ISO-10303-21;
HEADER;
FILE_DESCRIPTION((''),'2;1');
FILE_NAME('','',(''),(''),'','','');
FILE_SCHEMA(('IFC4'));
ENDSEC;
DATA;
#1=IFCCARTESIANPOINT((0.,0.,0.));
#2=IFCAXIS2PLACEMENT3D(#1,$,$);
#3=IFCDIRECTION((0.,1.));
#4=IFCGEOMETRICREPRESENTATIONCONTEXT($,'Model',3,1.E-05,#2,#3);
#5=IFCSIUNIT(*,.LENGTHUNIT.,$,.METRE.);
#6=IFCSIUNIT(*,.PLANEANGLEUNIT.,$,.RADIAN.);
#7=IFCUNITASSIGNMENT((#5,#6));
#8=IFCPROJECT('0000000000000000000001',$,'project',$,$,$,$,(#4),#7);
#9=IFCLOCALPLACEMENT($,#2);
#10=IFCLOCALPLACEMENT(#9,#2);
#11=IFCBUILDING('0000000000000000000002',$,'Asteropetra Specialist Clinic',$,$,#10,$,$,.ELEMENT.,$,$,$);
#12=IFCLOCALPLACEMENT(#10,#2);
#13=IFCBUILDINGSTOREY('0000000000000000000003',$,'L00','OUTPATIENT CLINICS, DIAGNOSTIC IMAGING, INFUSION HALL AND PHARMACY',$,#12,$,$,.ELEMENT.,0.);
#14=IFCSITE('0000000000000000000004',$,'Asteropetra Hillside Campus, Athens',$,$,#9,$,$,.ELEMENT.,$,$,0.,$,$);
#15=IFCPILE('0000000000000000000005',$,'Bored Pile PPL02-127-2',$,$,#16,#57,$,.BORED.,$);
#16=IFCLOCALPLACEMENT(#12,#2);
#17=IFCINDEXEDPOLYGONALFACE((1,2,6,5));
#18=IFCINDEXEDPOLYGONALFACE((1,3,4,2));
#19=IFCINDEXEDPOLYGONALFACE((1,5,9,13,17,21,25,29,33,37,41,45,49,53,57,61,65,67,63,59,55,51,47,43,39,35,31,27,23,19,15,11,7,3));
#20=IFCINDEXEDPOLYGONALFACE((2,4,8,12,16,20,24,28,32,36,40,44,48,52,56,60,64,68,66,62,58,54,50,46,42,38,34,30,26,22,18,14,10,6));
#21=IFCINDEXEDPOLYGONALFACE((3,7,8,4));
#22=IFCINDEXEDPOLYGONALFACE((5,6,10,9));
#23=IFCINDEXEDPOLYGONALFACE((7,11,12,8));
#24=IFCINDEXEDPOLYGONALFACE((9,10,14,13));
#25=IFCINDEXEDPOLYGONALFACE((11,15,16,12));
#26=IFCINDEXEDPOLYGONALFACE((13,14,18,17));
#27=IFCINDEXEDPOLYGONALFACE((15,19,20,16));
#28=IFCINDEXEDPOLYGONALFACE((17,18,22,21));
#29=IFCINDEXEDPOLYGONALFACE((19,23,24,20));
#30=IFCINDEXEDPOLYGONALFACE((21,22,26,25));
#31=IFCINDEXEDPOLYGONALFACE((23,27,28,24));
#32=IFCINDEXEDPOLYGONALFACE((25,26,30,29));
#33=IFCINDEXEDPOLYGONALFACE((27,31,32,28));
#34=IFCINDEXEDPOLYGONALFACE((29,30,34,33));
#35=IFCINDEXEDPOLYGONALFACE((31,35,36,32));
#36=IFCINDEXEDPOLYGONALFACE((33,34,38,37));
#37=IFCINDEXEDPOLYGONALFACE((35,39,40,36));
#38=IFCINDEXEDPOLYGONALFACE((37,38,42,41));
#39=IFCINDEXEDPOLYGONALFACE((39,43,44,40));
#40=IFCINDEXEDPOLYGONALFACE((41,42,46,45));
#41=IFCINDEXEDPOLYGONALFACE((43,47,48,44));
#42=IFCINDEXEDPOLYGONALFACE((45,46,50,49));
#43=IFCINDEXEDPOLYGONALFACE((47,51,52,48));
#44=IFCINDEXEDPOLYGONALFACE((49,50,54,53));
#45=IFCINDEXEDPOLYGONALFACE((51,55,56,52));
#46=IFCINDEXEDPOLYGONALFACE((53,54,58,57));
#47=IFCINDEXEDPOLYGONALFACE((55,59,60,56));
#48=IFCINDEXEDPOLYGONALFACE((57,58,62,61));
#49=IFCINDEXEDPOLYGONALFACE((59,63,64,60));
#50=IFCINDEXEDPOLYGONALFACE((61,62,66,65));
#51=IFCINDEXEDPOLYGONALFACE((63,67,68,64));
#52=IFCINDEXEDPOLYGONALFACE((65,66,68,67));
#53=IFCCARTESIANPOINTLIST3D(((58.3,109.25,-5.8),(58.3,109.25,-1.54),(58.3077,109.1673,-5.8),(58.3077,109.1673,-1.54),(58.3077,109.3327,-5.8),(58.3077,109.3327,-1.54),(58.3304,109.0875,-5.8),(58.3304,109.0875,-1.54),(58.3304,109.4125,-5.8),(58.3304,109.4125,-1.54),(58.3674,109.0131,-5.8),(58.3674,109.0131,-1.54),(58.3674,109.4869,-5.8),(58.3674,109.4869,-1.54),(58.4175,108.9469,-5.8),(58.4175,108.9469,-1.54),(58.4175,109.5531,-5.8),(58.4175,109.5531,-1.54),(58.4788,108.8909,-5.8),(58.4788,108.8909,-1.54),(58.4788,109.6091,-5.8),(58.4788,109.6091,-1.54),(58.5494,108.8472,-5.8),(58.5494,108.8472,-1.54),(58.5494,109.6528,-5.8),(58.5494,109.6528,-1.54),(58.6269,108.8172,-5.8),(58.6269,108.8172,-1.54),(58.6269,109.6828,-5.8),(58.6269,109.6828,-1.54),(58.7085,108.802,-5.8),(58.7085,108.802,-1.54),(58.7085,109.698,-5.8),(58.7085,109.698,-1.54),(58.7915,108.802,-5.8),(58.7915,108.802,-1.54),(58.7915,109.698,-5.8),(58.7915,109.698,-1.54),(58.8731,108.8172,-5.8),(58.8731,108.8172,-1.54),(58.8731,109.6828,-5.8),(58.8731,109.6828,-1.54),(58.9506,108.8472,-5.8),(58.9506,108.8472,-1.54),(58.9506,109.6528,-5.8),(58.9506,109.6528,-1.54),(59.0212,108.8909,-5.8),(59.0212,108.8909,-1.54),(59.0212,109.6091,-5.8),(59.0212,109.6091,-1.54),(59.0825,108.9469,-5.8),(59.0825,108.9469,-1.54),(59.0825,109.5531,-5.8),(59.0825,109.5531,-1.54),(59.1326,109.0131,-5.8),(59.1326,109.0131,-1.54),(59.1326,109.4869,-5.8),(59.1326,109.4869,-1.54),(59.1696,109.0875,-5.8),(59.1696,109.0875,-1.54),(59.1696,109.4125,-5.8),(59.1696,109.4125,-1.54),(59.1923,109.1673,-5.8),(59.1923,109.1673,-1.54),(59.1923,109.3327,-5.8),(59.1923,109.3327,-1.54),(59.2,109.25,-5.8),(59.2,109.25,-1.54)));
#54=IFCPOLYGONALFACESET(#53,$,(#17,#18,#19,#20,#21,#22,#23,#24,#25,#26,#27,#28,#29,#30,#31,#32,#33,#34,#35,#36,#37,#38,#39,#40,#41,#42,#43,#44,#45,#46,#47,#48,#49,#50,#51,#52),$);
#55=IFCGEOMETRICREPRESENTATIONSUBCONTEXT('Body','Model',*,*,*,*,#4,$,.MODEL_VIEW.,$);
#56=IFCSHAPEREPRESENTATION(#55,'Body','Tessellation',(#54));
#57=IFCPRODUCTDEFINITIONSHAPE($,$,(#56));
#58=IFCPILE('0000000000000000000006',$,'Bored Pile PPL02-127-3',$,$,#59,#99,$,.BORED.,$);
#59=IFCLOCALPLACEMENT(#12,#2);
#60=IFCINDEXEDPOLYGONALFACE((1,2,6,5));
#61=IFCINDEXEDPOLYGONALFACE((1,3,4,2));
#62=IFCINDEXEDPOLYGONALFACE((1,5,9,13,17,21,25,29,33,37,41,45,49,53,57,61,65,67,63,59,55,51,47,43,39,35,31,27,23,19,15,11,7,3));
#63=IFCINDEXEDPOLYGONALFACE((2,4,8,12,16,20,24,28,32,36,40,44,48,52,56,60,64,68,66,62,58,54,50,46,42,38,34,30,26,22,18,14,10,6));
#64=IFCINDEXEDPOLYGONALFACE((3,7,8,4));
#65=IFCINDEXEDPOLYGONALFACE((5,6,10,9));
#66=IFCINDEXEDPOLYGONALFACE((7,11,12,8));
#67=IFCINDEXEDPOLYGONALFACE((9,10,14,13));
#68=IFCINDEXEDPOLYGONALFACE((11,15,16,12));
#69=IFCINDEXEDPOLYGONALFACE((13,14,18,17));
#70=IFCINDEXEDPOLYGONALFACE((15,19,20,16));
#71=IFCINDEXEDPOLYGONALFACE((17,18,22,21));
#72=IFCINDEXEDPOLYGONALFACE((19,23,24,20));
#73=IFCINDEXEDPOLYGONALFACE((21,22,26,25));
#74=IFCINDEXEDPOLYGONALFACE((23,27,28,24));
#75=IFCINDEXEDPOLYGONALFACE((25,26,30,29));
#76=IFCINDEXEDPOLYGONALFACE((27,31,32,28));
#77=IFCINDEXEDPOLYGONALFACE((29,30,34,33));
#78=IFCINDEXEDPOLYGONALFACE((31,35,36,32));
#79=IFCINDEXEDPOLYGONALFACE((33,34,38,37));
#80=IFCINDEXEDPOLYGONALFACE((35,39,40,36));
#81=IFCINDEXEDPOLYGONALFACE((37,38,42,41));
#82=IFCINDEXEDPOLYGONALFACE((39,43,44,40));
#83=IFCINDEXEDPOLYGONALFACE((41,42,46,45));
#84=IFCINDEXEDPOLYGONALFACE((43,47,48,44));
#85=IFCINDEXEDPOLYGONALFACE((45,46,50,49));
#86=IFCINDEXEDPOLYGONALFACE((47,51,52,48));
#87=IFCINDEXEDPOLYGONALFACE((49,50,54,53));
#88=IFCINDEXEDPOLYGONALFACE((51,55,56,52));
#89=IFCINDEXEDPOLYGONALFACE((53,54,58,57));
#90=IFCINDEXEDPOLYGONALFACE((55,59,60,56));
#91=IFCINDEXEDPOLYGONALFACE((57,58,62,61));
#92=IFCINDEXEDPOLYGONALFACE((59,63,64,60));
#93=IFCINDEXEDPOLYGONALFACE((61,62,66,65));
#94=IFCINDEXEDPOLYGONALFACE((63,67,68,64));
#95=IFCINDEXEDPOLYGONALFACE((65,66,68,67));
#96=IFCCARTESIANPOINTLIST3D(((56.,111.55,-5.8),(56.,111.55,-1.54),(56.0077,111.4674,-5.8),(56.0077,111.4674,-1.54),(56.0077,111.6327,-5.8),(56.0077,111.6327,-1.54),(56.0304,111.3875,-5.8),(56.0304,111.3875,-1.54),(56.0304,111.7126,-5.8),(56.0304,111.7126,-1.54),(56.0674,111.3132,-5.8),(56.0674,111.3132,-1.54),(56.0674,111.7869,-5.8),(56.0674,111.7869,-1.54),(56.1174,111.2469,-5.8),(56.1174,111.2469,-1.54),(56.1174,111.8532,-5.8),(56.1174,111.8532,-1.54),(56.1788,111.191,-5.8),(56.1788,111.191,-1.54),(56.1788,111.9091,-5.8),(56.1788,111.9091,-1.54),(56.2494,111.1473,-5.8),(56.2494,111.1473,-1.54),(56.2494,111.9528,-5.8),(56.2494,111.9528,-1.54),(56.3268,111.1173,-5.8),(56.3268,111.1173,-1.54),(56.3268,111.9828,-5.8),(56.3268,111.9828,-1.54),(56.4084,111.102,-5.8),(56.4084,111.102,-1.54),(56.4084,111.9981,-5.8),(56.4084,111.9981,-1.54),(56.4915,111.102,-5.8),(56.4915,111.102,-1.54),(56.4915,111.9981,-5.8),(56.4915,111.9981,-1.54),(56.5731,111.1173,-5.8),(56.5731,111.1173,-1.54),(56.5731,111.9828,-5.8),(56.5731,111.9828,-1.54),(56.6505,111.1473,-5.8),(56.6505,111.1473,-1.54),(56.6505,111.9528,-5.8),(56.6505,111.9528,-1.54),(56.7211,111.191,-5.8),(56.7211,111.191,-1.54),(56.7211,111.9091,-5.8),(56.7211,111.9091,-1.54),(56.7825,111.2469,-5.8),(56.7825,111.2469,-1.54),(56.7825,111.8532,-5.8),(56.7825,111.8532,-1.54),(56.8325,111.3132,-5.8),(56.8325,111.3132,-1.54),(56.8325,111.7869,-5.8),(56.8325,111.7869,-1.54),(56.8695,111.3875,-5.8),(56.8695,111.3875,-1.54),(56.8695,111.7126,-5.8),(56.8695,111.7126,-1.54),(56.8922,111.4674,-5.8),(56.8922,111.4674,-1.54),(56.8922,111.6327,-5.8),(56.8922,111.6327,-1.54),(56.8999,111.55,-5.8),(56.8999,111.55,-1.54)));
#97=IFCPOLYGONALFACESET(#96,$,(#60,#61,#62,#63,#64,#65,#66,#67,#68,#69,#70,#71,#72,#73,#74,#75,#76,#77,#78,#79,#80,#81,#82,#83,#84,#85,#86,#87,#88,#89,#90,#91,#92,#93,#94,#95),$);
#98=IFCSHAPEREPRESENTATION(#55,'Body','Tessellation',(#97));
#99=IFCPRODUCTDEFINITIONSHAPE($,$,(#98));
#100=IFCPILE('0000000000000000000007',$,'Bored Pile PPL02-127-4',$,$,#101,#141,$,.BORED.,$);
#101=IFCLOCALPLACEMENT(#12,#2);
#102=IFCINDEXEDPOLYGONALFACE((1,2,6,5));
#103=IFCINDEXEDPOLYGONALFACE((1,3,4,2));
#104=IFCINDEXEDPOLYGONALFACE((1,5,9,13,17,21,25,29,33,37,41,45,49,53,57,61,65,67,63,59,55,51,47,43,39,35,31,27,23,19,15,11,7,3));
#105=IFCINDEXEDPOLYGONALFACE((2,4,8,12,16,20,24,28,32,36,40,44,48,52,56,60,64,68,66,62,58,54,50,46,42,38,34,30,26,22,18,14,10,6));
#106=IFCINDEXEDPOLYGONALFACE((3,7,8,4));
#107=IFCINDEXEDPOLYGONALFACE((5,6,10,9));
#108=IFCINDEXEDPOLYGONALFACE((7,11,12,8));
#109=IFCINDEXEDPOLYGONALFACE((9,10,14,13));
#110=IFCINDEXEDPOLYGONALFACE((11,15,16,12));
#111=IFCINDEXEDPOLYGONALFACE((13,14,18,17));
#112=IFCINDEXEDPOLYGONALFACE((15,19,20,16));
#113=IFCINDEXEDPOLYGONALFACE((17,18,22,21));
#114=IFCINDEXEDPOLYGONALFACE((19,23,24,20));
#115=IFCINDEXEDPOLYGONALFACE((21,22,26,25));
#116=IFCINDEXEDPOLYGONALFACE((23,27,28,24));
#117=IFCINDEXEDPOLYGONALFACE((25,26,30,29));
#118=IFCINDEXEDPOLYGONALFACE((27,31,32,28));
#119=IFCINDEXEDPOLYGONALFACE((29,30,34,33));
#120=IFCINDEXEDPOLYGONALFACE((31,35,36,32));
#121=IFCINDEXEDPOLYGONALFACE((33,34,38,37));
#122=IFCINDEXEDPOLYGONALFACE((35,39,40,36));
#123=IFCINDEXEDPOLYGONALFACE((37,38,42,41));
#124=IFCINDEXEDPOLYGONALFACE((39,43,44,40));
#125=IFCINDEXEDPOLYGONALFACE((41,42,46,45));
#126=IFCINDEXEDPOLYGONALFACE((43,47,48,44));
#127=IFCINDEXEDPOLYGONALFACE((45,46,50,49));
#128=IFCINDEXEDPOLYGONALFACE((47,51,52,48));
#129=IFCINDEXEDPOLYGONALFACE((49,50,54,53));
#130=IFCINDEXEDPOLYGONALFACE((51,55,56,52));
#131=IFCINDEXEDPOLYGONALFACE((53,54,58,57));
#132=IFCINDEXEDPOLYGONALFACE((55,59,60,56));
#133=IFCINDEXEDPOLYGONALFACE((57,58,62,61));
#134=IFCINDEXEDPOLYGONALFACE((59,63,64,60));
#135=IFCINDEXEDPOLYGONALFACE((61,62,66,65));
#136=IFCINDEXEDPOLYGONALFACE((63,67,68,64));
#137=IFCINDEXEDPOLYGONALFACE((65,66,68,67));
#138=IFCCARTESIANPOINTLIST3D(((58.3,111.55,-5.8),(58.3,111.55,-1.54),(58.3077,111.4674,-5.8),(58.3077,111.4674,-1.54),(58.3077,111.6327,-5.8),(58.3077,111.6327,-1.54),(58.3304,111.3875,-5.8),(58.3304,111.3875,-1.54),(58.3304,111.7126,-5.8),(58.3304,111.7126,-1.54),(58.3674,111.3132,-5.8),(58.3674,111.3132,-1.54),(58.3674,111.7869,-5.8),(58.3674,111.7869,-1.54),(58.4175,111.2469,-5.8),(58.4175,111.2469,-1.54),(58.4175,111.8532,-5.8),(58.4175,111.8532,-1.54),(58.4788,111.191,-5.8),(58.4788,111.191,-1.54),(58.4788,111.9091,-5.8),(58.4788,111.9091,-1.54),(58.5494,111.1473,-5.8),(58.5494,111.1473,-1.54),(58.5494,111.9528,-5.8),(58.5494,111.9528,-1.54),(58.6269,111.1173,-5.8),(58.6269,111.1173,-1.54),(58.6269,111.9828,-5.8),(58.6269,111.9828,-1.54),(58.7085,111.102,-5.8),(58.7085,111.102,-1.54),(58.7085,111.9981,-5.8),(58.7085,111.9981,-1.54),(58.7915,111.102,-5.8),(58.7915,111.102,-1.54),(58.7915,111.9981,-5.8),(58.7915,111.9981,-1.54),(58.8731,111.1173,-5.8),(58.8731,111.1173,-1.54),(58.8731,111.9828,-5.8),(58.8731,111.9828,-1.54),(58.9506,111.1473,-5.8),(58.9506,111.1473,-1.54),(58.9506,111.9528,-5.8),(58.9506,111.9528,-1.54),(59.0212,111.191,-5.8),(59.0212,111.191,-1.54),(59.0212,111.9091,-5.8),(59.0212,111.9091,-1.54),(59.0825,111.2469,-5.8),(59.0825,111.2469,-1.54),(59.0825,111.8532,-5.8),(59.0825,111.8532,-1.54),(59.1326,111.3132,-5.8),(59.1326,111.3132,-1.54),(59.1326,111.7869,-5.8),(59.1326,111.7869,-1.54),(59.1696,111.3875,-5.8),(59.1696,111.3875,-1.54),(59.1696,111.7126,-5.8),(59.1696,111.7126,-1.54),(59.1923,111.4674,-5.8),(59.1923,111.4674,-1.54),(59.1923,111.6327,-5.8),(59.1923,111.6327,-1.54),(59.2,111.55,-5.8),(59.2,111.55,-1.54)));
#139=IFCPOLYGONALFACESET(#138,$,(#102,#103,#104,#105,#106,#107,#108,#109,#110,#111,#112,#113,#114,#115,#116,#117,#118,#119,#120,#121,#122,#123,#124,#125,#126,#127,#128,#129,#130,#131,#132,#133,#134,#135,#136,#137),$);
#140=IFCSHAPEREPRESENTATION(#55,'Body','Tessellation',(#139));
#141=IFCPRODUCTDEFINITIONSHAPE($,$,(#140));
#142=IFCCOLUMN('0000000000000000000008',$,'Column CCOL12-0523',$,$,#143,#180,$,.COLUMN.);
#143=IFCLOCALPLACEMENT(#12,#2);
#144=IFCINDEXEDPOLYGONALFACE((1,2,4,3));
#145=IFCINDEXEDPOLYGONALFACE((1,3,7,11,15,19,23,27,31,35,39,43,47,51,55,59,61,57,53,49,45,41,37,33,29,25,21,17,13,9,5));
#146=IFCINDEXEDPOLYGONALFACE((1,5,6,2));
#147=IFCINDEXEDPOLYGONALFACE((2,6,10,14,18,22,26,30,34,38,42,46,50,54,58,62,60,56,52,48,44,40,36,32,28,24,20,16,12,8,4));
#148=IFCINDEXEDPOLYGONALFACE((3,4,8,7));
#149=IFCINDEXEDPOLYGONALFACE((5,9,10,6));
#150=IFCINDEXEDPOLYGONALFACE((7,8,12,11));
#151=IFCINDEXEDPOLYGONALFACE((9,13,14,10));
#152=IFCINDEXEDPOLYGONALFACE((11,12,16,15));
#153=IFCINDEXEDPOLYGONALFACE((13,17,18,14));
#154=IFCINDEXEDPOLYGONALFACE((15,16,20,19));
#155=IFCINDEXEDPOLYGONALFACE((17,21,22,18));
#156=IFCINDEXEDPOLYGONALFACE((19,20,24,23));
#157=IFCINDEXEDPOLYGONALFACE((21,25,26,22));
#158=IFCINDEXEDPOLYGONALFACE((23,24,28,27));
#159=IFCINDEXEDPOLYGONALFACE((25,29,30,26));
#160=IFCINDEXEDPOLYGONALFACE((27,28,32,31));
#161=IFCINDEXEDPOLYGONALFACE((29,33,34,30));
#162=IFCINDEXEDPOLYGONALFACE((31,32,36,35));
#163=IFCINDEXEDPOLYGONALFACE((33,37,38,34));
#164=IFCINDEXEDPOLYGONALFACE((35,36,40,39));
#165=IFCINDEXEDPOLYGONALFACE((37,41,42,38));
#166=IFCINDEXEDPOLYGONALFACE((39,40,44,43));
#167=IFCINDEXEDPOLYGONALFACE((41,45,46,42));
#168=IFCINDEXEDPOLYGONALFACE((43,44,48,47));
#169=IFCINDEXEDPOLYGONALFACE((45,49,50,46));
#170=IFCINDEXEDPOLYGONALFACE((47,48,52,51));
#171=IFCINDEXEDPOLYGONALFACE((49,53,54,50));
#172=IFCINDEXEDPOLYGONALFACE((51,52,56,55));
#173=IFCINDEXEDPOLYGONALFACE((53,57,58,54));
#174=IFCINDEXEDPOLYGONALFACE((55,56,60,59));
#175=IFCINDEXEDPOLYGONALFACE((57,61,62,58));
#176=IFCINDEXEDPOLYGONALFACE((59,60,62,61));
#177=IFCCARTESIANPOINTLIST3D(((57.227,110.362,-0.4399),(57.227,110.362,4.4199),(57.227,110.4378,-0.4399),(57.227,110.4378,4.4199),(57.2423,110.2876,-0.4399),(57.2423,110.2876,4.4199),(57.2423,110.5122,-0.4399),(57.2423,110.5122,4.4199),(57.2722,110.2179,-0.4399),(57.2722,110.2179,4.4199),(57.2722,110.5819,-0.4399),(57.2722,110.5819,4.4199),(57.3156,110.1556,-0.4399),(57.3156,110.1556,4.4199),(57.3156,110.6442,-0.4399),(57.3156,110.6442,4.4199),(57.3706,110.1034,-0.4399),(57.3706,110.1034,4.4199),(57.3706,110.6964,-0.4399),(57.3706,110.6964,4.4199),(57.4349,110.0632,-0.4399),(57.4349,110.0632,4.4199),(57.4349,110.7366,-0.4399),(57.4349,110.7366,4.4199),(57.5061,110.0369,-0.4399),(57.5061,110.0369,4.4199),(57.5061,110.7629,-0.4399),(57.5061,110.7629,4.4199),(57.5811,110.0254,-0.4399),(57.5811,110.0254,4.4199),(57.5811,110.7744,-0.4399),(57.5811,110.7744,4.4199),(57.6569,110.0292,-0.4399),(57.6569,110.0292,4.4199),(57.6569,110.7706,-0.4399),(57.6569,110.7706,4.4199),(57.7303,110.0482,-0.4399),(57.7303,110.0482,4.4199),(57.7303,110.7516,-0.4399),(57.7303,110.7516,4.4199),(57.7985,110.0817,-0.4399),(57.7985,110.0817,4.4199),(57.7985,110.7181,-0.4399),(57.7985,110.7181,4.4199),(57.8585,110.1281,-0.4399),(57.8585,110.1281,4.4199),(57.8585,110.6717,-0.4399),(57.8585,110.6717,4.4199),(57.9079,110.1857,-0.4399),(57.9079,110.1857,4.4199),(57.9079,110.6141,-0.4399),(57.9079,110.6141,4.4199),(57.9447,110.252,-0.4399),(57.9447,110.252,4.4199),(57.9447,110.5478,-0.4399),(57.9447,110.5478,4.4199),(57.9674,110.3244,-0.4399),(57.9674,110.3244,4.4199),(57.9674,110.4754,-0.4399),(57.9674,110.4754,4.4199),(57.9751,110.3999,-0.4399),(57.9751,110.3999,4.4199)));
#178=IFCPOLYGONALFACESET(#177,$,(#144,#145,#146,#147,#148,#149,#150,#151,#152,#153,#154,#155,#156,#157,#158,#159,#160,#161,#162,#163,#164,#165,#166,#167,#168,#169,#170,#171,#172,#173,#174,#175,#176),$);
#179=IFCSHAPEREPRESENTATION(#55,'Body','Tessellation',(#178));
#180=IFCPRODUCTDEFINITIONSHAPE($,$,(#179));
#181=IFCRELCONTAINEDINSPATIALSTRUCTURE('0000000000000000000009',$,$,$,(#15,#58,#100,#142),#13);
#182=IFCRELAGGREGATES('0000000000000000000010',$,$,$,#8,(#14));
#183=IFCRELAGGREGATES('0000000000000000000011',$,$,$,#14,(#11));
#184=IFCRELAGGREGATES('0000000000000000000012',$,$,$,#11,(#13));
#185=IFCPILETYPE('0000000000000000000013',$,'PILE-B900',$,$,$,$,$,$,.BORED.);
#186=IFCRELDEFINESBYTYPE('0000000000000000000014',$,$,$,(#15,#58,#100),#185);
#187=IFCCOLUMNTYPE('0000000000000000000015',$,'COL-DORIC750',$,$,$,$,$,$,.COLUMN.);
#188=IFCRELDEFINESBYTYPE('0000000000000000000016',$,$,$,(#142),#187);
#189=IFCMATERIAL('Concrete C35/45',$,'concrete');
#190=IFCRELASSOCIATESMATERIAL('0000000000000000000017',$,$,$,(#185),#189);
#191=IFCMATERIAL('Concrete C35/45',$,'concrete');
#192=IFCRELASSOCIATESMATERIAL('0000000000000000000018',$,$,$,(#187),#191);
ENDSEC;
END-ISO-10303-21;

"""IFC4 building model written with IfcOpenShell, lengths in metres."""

from ifc_helpers import new_model, si_unit, direction, frame, origin, origin_2d, place, context, subcontext, project, spatial, circle, extrude, material, material_profile, profile_set, type_object, element, save


model = new_model("IFC4")

# Units and contexts
model_context = context("Model", 3, precision=1e-05, world=origin(), true_north=direction((0.0, 1.0)))
body_context = subcontext(model_context, "Body", "Model", "MODEL_VIEW")
ifc_project = project(units=[si_unit("LENGTHUNIT", "METRE"), si_unit("PLANEANGLEUNIT", "RADIAN")], contexts=[model_context])

# Site, building, storey
site_placement = place(None, origin())
site = spatial("IfcSite", under=ifc_project, at=site_placement, Name="Asteropetra Hillside Campus, Athens", CompositionType="ELEMENT", RefElevation=0.0)
building_placement = place(site_placement, origin())
building = spatial("IfcBuilding", under=site, at=building_placement, Name="Asteropetra Specialist Clinic", CompositionType="ELEMENT")
storey_placement = place(building_placement, origin())
storey = spatial("IfcBuildingStorey", under=building, at=storey_placement, Name="L00", Description="OUTPATIENT CLINICS, DIAGNOSTIC IMAGING, INFUSION HALL AND PHARMACY", CompositionType="ELEMENT", Elevation=0.0)

# Piles
ifc_material_1 = material(Name="Concrete C35/45", Category="concrete")
ifc_material_profile_1 = material_profile(ifc_material_1, circle(Radius=0.45, at=origin_2d()), Name="PILE D900")
ifc_profile_set_1 = profile_set([ifc_material_profile_1], Name="Concrete C35/45")
pile_type_1 = type_object("IfcPileType", Name="PILE-B900", PredefinedType="BORED", material=ifc_profile_set_1)
for number, where, z_axis, x_axis, name in (
    (1, (58.75, 109.25, -1.54), (0.0, 0.0, -1.0), (1.0, 0.0, 0.0), "Bored Pile PPL02-127-2"),
    (2, (56.45, 111.55, -1.54), (0.0, 0.0, -1.0), (1.0, 0.0, 0.0), "Bored Pile PPL02-127-3"),
    (3, (58.75, 111.55, -1.54), (0.0, 0.0, -1.0), (1.0, 0.0, 0.0), "Bored Pile PPL02-127-4"),
):
    element("IfcPile", number, at=place(storey_placement, frame(where, z_axis=z_axis, x_axis=x_axis)), inside=storey, type_object=pile_type_1, Name=name, PredefinedType="BORED", context=body_context, shape_type="SweptSolid", body=[
        extrude(circle(Radius=0.45, at=origin_2d()), origin(), (0.0, 0.0, 1.0), 4.26),
    ])

# Column
ifc_material_2 = material(Name="Concrete C35/45", Category="concrete")
ifc_material_profile_2 = material_profile(ifc_material_2, circle(Radius=0.375, at=origin_2d()), Name="RCC D750")
ifc_profile_set_2 = profile_set([ifc_material_profile_2], Name="Concrete C35/45")
column_type = type_object("IfcColumnType", Name="COL-DORIC750", PredefinedType="COLUMN", material=ifc_profile_set_2)
column_placement = place(storey_placement, frame((57.6001, 110.3999, -0.4399), z_axis=(0.0, 0.0, 1.0), x_axis=(1.0, 0.0, 0.0)))
element("IfcColumn", 4, at=column_placement, inside=storey, type_object=column_type, Name="Column CCOL12-0523", PredefinedType="COLUMN", context=body_context, shape_type="SweptSolid", body=[
    extrude(circle(Radius=0.375, at=origin_2d()), origin(), (0.0, 0.0, 1.0), 4.8599),
])

save(model, "model.ifc")
